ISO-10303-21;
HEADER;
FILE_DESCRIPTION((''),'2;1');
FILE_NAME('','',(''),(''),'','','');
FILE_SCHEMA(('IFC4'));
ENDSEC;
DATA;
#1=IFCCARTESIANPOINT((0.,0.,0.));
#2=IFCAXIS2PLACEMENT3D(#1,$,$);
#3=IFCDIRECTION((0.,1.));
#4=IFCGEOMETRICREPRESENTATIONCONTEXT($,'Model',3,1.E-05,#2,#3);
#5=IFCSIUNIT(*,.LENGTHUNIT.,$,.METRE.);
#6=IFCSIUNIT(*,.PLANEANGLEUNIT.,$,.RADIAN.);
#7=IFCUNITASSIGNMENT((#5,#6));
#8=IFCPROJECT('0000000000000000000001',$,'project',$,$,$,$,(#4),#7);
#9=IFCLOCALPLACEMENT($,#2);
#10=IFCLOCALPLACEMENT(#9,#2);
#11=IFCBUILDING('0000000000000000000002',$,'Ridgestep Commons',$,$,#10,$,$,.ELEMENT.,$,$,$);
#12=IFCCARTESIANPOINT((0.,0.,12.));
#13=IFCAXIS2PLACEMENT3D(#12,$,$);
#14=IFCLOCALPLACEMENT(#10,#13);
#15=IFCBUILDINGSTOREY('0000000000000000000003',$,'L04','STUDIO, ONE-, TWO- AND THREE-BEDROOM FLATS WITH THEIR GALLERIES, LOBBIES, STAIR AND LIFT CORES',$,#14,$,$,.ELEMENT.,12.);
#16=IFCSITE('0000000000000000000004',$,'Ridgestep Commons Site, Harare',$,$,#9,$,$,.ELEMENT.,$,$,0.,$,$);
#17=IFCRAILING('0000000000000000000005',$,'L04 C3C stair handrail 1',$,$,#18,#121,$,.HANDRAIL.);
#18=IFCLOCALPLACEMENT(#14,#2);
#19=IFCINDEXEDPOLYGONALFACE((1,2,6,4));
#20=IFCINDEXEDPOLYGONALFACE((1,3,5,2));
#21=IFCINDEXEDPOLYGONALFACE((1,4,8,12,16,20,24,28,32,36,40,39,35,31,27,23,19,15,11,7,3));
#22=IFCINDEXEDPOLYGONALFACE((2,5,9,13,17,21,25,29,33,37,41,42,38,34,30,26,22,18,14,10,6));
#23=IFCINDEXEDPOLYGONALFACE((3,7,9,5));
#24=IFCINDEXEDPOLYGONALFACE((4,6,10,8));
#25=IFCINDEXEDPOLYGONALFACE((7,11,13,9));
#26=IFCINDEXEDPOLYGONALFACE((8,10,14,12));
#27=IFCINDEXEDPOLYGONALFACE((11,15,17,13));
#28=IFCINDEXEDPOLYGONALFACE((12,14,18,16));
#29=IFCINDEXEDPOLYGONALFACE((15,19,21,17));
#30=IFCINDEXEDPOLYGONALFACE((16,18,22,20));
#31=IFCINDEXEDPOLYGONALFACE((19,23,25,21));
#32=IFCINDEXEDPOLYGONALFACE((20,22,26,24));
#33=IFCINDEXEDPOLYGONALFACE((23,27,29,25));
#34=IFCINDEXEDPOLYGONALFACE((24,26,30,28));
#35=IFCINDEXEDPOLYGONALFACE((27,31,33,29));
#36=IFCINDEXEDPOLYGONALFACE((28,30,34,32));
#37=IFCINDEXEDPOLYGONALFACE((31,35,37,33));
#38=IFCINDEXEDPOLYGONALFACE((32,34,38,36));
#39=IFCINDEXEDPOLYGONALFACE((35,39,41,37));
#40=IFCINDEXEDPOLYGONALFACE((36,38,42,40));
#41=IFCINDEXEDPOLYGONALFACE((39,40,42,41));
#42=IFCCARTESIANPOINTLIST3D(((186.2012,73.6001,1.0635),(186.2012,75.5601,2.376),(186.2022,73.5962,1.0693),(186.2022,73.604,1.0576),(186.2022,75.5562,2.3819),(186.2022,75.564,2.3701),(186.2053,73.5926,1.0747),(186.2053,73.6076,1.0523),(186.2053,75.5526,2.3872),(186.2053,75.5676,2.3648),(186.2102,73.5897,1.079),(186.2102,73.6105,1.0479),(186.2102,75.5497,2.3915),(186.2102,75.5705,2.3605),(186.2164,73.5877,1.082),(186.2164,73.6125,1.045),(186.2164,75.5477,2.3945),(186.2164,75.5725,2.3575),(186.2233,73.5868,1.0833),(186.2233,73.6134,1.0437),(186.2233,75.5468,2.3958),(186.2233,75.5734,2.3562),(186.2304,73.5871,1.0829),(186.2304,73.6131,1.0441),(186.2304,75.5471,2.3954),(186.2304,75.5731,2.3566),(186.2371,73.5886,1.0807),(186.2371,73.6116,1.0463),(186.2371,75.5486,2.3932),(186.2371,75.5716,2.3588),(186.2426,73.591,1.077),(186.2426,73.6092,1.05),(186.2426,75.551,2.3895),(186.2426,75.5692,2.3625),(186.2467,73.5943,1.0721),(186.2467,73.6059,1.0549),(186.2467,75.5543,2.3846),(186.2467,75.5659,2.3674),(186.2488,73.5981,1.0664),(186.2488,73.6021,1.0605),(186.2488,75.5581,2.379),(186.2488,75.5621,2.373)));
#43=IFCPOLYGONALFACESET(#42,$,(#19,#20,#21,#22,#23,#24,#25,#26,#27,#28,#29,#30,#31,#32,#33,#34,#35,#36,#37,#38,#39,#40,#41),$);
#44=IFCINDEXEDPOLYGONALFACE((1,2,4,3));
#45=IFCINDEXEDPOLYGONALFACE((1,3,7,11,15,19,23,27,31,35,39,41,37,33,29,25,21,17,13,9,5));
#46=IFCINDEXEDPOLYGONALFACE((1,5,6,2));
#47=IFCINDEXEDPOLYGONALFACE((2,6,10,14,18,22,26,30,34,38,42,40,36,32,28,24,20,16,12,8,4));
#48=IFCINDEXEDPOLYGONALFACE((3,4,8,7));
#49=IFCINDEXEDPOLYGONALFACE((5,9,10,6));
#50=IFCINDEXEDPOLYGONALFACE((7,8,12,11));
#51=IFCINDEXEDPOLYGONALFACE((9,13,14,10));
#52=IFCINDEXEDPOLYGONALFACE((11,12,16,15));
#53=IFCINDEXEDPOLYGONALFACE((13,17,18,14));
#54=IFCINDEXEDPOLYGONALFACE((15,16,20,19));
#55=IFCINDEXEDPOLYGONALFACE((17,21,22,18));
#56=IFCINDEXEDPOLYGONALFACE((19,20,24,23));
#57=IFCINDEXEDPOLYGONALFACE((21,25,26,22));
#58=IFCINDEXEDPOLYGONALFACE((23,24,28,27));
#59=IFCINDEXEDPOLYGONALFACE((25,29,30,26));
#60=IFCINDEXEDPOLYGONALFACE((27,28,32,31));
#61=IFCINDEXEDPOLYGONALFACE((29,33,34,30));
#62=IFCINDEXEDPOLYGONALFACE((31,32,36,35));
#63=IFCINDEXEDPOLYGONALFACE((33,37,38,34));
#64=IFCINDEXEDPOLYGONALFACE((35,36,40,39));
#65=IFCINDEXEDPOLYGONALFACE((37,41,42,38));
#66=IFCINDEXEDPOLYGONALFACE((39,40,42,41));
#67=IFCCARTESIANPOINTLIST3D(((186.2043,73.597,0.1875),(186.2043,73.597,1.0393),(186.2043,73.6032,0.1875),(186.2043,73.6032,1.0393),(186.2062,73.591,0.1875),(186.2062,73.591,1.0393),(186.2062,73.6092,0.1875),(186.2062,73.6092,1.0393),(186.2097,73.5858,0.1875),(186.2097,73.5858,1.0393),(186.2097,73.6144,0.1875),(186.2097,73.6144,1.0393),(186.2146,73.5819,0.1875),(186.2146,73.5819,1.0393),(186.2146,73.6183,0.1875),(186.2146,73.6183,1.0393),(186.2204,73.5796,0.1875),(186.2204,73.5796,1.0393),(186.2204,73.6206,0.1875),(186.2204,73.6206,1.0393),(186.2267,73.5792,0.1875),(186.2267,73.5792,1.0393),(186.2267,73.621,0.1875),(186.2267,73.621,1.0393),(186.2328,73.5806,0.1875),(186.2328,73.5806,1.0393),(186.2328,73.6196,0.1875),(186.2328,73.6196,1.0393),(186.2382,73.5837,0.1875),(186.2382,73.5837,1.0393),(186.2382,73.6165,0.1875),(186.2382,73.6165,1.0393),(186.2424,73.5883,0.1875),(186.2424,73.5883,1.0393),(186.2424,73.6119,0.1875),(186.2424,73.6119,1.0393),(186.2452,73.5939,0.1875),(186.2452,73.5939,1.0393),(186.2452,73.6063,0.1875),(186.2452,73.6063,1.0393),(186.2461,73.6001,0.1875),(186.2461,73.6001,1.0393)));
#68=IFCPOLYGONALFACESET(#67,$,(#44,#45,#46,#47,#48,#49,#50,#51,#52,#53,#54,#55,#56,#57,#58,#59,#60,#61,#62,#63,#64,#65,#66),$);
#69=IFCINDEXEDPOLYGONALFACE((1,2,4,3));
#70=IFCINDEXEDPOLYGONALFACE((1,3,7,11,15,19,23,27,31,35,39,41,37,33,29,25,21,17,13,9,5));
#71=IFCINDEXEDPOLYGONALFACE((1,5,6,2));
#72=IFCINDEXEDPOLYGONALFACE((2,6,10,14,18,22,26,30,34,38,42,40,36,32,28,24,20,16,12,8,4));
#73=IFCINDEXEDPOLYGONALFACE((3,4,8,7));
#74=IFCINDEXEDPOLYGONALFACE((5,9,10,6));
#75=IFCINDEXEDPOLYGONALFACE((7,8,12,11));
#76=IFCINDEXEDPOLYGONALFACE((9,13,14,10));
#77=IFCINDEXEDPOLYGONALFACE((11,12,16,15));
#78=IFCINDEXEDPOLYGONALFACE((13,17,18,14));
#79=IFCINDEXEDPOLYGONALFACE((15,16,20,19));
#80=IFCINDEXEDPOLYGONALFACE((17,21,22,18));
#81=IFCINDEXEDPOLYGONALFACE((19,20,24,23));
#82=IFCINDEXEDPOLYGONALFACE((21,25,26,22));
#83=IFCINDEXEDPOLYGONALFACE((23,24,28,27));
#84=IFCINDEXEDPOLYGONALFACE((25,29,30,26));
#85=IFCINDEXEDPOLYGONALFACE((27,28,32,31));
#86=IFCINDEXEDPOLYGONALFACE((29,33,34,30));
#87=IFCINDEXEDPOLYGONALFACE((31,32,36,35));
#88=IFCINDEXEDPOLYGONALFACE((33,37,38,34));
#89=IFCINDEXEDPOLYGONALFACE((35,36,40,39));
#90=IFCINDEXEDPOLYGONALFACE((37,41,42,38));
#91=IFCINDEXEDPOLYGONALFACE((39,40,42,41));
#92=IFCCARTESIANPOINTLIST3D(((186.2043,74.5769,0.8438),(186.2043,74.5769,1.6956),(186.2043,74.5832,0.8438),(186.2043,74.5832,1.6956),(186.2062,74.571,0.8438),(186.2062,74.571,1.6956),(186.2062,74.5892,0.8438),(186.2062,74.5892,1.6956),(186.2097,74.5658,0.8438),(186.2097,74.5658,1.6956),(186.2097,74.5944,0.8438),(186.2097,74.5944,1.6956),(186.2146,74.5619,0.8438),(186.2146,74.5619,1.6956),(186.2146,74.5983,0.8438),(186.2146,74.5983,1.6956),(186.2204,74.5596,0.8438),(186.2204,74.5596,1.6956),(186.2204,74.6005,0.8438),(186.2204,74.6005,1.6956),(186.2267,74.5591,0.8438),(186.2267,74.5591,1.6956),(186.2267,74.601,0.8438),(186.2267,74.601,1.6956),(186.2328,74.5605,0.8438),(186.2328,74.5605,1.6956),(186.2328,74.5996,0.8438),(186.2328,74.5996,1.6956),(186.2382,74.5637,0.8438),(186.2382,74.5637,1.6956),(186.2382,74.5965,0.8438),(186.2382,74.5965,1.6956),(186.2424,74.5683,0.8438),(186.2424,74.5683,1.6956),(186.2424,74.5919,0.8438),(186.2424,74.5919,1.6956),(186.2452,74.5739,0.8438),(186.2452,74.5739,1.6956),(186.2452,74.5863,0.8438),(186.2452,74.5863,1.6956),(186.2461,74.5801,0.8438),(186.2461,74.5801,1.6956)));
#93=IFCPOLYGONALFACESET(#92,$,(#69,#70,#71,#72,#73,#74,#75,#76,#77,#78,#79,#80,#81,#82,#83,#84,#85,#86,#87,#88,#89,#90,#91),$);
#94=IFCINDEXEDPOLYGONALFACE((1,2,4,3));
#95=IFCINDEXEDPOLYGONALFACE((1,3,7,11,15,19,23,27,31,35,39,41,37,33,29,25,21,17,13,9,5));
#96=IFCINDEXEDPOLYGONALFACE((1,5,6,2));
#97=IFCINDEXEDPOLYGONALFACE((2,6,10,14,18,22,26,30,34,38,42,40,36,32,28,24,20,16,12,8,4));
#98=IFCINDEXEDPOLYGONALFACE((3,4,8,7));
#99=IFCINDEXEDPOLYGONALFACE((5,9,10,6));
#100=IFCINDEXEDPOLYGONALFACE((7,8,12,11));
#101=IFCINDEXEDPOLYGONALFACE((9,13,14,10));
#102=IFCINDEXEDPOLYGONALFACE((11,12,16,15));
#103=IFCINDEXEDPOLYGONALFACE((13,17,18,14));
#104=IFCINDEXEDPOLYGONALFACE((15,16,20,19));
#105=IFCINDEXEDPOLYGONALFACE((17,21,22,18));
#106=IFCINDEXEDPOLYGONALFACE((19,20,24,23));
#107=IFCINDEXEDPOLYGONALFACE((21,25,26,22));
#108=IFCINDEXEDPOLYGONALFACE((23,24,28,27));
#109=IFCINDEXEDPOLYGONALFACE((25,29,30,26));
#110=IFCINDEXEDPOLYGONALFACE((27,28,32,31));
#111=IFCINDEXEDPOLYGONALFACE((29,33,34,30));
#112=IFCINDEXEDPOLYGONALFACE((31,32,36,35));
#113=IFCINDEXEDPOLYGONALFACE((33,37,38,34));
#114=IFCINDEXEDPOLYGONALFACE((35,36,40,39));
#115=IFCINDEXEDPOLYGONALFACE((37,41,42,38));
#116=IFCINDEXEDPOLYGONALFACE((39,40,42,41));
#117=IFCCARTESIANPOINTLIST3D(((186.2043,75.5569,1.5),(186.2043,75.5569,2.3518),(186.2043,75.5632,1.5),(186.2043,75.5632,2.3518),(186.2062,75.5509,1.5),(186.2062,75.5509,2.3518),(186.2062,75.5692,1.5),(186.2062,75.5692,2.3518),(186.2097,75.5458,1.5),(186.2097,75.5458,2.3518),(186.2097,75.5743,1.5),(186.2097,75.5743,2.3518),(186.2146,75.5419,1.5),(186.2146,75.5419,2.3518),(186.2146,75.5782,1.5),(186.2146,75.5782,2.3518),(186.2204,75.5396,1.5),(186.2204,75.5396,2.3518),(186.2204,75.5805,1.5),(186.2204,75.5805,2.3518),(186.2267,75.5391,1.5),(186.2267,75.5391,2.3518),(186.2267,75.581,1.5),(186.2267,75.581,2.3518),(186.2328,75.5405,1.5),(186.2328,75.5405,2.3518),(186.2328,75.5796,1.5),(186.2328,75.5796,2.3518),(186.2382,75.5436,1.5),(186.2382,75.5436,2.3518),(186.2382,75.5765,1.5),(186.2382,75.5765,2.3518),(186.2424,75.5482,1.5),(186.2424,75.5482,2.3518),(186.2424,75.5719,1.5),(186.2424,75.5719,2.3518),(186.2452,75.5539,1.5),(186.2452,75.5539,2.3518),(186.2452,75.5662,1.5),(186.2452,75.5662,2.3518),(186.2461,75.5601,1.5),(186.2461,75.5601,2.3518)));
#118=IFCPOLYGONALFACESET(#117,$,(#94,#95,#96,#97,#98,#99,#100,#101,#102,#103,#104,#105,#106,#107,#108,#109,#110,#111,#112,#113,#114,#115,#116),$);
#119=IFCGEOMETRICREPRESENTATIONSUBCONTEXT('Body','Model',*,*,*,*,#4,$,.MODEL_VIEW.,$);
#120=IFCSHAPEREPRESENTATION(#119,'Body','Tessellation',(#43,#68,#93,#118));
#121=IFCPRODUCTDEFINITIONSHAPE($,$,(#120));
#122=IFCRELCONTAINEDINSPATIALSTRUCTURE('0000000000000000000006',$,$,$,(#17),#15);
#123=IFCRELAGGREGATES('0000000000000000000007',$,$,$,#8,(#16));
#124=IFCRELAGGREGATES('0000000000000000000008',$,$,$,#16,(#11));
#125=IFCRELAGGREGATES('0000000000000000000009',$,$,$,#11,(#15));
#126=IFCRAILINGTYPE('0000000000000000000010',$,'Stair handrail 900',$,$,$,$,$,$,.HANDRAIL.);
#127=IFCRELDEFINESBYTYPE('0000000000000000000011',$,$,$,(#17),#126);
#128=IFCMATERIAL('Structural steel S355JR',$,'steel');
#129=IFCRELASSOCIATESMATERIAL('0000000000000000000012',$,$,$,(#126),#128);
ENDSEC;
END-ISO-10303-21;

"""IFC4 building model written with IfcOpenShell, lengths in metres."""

from ifc_helpers import new_model, si_unit, direction, frame, origin, origin_2d, place, context, subcontext, project, spatial, circle, extrude, material, type_object, element, save


model = new_model("IFC4")

# Units and contexts
model_context = context("Model", 3, precision=1e-05, world=origin(), true_north=direction((0.0, 1.0)))
body_context = subcontext(model_context, "Body", "Model", "MODEL_VIEW")
ifc_project = project(units=[si_unit("LENGTHUNIT", "METRE"), si_unit("PLANEANGLEUNIT", "RADIAN")], contexts=[model_context])

# Site, building, storey
site_placement = place(None, origin())
site = spatial("IfcSite", under=ifc_project, at=site_placement, Name="Ridgestep Commons Site, Harare", CompositionType="ELEMENT", RefElevation=0.0)
building_placement = place(site_placement, origin())
building = spatial("IfcBuilding", under=site, at=building_placement, Name="Ridgestep Commons", CompositionType="ELEMENT")
storey_placement = place(building_placement, frame((0.0, 0.0, 12.0)))
storey = spatial("IfcBuildingStorey", under=building, at=storey_placement, Name="L04", Description="STUDIO, ONE-, TWO- AND THREE-BEDROOM FLATS WITH THEIR GALLERIES, LOBBIES, STAIR AND LIFT CORES", CompositionType="ELEMENT", Elevation=12.0)

# Railing
ifc_material_1 = material(Name="Structural steel S355JR", Category="steel")
railing_type_1 = type_object("IfcRailingType", Name="Stair handrail 900", PredefinedType="HANDRAIL", material=ifc_material_1)
railing_1_placement = place(storey_placement, frame((186.2251, 73.6001, 0.1875)))
element("IfcRailing", 1, at=railing_1_placement, inside=storey, type_object=railing_type_1, Name="L04 C3C stair handrail 1", PredefinedType="HANDRAIL", context=body_context, shape_type="SweptSolid", body=[
    extrude(circle(Radius=0.0239, at=origin_2d()), frame((0.0, 0.0, 0.876), z_axis=(0.0, 0.830902, 0.556419), x_axis=(-1.0, 0.0, 0.0)), (0.0, 0.0, 1.0), 2.3589),
    extrude(circle(Radius=0.021, at=origin_2d()), origin(), (0.0, 0.0, 1.0), 0.8518),
    extrude(circle(Radius=0.021, at=origin_2d()), frame((0.0, 0.98, 0.6562)), (0.0, 0.0, 1.0), 0.8518),
    extrude(circle(Radius=0.021, at=origin_2d()), frame((0.0, 1.96, 1.3125)), (0.0, 0.0, 1.0), 0.8518),
])

save(model, "model.ifc")
